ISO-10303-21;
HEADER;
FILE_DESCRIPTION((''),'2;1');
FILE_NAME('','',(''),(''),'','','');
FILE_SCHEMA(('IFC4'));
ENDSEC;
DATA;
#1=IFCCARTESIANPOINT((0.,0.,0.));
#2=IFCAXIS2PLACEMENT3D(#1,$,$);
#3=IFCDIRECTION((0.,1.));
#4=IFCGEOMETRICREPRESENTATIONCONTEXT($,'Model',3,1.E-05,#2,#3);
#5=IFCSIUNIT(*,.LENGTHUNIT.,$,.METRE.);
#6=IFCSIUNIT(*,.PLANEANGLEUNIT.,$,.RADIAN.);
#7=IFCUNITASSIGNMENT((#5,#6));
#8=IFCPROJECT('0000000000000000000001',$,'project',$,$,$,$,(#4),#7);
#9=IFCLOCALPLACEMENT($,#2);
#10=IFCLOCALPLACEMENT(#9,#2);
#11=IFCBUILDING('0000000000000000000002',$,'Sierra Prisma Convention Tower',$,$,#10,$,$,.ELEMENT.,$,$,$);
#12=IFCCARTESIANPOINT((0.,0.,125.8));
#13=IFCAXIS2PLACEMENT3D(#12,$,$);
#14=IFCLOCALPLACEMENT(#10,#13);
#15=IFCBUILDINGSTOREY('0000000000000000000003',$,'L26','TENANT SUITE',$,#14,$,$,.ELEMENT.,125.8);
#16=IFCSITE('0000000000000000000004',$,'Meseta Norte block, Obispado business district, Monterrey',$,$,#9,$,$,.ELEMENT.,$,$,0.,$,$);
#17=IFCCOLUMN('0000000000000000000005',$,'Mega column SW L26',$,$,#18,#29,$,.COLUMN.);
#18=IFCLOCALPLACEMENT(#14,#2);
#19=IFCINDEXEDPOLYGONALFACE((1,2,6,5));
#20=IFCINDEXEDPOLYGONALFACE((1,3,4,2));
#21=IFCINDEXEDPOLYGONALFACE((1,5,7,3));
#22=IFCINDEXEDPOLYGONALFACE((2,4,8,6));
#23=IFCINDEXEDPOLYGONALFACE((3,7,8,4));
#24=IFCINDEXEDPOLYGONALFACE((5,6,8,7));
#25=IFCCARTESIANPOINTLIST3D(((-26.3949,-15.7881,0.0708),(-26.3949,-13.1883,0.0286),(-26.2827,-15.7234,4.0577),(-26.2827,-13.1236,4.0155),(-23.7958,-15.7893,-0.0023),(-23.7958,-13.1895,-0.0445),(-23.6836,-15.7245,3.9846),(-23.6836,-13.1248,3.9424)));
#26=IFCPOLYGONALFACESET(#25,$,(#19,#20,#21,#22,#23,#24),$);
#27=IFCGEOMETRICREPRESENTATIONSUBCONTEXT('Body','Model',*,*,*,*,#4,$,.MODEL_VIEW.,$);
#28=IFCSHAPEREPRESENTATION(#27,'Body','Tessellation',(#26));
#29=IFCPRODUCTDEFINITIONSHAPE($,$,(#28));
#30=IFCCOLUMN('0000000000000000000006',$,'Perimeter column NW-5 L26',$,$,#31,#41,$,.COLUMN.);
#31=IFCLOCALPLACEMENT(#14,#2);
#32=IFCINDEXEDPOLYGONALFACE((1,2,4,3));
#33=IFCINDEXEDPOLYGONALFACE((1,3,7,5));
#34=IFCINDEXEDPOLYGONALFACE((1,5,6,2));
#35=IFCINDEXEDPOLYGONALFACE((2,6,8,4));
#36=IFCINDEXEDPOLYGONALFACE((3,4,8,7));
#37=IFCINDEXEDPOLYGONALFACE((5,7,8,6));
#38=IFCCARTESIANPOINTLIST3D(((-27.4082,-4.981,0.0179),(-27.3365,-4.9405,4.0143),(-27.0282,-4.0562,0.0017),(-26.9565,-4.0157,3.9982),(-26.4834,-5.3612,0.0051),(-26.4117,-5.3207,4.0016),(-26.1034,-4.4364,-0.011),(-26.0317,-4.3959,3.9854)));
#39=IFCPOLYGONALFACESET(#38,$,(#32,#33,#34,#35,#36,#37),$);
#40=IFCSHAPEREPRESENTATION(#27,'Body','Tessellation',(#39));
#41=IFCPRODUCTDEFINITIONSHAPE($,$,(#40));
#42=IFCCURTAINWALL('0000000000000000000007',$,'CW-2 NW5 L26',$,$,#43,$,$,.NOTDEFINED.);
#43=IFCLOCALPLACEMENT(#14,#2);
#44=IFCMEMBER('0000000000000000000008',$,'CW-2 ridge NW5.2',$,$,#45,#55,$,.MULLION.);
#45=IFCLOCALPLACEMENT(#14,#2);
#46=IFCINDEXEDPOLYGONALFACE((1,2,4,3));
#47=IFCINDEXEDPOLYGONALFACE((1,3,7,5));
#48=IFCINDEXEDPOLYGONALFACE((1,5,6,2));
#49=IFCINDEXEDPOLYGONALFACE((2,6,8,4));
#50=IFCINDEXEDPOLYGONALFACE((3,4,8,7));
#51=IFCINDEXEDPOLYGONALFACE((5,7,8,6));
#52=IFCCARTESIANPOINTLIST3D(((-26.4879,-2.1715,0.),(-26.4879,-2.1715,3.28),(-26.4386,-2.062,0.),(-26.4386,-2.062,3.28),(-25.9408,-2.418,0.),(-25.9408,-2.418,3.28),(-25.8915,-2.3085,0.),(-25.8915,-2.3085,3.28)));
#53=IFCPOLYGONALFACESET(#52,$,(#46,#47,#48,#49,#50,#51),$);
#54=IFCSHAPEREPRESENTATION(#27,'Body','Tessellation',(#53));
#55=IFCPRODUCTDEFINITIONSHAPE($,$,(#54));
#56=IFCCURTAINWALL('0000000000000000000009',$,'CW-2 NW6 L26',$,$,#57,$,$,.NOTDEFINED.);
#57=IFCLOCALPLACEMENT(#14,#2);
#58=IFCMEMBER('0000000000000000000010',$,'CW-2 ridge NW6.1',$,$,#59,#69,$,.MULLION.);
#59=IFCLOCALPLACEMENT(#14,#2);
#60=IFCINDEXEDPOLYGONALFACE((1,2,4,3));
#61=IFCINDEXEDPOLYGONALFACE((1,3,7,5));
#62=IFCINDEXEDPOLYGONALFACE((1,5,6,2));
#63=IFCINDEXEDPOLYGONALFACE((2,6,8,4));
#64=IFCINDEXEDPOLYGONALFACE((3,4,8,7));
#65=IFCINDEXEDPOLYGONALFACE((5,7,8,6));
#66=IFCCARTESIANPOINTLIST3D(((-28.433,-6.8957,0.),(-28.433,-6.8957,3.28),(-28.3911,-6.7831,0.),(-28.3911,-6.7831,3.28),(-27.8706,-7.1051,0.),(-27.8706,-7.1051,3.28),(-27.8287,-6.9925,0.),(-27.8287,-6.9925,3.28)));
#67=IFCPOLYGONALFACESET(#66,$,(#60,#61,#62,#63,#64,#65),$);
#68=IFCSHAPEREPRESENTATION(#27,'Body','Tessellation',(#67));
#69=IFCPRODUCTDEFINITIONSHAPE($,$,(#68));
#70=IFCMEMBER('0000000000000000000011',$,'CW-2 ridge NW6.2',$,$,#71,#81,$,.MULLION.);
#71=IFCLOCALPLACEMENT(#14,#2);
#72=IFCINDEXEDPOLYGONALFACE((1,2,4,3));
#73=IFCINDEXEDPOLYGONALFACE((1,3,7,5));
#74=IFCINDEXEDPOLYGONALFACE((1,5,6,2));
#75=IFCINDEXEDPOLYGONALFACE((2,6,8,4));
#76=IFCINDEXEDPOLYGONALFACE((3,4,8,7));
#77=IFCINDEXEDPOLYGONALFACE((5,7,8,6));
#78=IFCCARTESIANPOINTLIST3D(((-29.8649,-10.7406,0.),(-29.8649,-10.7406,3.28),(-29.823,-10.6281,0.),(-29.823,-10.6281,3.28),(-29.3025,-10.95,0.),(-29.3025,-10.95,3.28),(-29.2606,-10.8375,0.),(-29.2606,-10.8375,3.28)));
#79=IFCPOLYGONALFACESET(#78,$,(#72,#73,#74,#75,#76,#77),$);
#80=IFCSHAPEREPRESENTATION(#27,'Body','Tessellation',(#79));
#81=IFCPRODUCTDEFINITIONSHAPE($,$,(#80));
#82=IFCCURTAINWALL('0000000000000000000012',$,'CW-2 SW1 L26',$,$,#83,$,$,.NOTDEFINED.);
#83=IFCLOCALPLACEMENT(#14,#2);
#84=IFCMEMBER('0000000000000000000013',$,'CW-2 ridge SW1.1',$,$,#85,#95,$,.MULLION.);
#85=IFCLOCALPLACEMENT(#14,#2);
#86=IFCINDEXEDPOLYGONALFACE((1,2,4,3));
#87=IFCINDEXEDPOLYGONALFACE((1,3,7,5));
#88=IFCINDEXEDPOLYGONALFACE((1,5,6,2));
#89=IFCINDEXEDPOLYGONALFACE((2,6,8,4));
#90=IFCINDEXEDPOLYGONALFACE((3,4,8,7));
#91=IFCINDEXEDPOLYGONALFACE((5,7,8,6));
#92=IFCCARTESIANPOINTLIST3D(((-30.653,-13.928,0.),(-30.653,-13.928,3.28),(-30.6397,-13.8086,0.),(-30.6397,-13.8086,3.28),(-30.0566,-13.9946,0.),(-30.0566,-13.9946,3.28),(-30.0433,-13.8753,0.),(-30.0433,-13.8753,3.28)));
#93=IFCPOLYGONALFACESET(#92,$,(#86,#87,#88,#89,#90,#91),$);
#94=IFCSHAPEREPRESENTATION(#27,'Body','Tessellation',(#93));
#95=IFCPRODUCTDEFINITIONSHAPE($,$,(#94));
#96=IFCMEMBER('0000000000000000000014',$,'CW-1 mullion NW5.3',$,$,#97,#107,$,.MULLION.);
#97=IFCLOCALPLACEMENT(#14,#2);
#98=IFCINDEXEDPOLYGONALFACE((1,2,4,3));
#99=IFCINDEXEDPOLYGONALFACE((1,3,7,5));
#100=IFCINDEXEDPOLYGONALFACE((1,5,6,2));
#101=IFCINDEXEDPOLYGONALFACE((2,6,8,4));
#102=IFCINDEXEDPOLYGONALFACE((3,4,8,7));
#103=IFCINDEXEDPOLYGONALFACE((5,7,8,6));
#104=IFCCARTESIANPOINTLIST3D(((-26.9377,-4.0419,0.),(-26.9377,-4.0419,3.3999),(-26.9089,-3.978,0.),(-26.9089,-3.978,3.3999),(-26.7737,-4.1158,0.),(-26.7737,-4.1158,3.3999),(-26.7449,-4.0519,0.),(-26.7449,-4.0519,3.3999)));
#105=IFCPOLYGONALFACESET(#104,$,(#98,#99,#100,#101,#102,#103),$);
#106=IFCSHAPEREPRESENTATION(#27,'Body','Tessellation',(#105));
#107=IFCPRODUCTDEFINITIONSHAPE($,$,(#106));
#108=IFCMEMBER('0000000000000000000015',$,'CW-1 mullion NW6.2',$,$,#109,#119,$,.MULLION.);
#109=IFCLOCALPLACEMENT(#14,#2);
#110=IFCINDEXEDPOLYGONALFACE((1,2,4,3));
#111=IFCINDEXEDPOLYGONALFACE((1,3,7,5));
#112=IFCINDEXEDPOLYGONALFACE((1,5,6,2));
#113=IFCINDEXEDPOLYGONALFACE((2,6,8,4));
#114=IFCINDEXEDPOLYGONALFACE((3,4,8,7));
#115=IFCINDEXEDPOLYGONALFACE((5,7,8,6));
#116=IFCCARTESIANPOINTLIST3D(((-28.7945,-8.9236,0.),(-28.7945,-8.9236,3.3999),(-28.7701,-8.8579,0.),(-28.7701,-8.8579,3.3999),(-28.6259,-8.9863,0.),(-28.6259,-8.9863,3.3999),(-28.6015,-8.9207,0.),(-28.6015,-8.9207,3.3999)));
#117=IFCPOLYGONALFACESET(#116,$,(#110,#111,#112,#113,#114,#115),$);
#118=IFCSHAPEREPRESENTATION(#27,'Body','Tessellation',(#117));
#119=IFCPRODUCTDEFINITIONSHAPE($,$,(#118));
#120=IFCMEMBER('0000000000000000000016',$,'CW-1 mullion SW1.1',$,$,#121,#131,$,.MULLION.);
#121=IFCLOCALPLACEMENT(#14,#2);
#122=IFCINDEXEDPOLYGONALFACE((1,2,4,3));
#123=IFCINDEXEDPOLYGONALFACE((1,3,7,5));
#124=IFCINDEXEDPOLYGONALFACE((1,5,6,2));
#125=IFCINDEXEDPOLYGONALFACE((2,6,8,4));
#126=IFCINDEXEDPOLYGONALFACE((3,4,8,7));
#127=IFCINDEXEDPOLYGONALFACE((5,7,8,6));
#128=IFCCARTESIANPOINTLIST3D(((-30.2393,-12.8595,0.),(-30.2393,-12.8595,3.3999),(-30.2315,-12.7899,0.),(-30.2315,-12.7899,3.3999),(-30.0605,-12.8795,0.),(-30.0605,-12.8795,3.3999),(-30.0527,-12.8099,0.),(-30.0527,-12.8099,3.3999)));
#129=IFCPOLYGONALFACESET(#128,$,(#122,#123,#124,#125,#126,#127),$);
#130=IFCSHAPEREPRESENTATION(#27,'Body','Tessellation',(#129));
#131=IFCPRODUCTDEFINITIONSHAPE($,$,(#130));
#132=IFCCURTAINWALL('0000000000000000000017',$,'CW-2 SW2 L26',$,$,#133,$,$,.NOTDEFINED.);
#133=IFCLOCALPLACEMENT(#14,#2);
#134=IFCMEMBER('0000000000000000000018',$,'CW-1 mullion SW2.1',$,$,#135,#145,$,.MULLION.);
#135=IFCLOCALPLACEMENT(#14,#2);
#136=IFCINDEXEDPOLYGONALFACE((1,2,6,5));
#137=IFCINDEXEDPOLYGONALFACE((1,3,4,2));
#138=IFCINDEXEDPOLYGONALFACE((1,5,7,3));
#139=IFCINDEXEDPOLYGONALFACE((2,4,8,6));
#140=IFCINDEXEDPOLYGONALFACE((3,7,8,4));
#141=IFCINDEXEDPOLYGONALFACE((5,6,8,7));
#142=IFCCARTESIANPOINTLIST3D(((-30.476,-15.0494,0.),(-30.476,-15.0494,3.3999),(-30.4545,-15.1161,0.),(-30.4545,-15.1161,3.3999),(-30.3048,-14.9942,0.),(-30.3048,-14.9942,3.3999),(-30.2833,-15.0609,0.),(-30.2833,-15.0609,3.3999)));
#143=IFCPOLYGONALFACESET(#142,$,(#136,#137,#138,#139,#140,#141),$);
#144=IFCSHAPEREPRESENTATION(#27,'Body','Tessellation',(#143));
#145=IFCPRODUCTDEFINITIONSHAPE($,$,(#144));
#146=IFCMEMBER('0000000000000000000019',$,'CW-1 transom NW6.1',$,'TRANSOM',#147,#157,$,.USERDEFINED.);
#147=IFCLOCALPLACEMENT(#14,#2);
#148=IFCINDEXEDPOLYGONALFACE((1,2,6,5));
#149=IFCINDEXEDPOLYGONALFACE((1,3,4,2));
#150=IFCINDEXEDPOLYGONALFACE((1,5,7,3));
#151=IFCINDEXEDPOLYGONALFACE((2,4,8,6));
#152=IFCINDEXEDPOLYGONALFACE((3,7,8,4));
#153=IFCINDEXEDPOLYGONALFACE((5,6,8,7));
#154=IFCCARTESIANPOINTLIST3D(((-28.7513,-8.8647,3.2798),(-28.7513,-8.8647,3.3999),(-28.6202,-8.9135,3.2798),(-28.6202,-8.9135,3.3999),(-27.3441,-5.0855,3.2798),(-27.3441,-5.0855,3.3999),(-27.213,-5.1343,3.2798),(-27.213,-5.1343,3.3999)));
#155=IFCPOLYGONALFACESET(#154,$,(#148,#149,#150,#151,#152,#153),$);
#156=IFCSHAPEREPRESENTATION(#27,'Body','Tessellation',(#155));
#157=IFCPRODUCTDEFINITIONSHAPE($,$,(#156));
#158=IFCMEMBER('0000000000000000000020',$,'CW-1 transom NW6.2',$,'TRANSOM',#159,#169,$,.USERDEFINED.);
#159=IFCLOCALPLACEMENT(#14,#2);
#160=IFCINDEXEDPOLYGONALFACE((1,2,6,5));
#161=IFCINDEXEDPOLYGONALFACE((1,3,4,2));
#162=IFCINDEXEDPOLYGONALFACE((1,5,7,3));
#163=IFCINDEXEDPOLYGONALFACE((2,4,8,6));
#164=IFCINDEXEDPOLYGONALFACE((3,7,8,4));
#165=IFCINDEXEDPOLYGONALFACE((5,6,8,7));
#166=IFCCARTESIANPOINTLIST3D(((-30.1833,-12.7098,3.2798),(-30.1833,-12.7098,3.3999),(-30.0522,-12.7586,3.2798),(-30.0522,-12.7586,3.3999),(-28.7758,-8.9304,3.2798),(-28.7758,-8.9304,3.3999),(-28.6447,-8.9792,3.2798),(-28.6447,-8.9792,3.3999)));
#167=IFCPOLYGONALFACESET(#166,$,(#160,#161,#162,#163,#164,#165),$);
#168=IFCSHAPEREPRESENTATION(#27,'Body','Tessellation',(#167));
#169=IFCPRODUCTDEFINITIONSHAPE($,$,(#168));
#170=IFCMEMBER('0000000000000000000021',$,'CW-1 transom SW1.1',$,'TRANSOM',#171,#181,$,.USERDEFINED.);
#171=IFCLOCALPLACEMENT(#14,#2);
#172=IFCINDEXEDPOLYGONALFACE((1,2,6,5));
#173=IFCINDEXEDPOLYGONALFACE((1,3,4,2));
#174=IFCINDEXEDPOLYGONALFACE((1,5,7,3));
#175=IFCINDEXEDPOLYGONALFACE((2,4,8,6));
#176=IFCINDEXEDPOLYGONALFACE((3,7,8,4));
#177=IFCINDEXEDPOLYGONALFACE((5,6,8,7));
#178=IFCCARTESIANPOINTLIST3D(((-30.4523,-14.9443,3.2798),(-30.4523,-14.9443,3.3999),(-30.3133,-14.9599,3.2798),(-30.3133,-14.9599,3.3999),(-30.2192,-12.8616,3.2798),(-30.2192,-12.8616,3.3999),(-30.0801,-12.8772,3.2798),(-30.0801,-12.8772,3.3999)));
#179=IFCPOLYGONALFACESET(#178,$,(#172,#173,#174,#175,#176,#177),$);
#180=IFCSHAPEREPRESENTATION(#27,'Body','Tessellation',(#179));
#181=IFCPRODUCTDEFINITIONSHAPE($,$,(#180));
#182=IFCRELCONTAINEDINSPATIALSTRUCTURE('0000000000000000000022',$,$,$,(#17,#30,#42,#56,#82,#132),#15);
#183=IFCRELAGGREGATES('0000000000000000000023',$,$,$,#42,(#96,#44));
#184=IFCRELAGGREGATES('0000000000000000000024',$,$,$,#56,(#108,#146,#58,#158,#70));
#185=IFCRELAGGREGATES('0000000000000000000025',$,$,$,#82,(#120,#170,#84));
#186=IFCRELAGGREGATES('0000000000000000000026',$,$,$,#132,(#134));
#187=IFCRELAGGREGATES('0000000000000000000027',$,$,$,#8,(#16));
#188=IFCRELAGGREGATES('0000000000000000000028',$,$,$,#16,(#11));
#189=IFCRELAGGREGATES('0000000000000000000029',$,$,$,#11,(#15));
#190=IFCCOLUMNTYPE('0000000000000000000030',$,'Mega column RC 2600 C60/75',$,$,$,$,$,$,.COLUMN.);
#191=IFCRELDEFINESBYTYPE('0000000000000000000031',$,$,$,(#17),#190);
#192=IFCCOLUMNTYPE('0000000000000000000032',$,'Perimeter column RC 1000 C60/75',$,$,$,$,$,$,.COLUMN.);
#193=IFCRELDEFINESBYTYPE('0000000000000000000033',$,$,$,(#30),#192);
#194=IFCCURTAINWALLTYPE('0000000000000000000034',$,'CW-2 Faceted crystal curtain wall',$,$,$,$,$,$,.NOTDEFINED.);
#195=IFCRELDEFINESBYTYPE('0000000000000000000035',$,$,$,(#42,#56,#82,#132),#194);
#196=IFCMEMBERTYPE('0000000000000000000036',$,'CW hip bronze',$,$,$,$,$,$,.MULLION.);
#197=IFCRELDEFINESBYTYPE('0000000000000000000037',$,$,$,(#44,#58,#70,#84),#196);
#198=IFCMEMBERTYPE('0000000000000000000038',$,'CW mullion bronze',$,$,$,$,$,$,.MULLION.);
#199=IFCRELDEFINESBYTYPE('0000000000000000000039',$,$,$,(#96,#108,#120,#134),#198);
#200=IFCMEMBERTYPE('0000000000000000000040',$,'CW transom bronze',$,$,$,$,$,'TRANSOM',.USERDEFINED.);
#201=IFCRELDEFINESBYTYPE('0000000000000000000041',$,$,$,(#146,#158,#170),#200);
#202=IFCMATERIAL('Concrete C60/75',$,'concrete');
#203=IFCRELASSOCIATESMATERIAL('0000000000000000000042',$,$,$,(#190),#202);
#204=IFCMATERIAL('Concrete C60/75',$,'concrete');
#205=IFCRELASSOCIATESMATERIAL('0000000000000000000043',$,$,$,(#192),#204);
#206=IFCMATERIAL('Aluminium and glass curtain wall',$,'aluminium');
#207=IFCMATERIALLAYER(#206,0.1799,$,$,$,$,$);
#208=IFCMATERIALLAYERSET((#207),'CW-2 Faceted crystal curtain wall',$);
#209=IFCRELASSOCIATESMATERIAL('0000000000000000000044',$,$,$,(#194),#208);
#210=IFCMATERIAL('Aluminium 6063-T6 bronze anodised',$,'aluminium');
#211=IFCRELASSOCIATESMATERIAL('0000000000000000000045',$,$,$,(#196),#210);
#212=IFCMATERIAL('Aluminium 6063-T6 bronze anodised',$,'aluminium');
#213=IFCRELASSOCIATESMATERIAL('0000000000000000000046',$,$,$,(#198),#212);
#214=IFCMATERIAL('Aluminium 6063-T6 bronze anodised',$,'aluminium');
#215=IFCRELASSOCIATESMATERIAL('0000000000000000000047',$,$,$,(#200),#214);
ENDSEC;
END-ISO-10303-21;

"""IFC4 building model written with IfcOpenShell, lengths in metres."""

from ifc_helpers import new_model, si_unit, direction, frame, origin, origin_2d, place, context, subcontext, project, spatial, rectangle, extrude, clip, halfspace, material, layer, layer_set, material_profile, profile_set, type_object, element, aggregate, save


model = new_model("IFC4")

# Units and contexts
model_context = context("Model", 3, precision=1e-05, world=origin(), true_north=direction((0.0, 1.0)))
body_context = subcontext(model_context, "Body", "Model", "MODEL_VIEW")
ifc_project = project(units=[si_unit("LENGTHUNIT", "METRE"), si_unit("PLANEANGLEUNIT", "RADIAN")], contexts=[model_context])

# Site, building, storey
site_placement = place(None, origin())
site = spatial("IfcSite", under=ifc_project, at=site_placement, Name="Meseta Norte block, Obispado business district, Monterrey", CompositionType="ELEMENT", RefElevation=0.0)
building_placement = place(site_placement, origin())
building = spatial("IfcBuilding", under=site, at=building_placement, Name="Sierra Prisma Convention Tower", CompositionType="ELEMENT")
storey_placement = place(building_placement, frame((0.0, 0.0, 125.8)))
storey = spatial("IfcBuildingStorey", under=building, at=storey_placement, Name="L26", Description="TENANT SUITE", CompositionType="ELEMENT", Elevation=125.8)

# Columns
ifc_material_1 = material(Name="Concrete C60/75", Category="concrete")
ifc_material_profile_1 = material_profile(ifc_material_1, rectangle(XDim=2.6001, YDim=2.6001, at=origin_2d()), Name="Mega column RC 2600 C60/75")
ifc_profile_set_1 = profile_set([ifc_material_profile_1], Name="Concrete C60/75")
column_type_1 = type_object("IfcColumnType", Name="Mega column RC 2600 C60/75", PredefinedType="COLUMN", material=ifc_profile_set_1)
column_1_placement = place(storey_placement, frame((-25.0957, -14.489, 0.0), z_axis=(0.028122, 0.016227, 0.999473), x_axis=(0.999604, -0.000457, -0.028119)))
element("IfcColumn", 1, at=column_1_placement, inside=storey, type_object=column_type_1, Name="Mega column SW L26", PredefinedType="COLUMN", context=body_context, shape_type="SweptSolid", body=[
    clip(extrude(rectangle(XDim=2.6001, YDim=2.6001, at=origin_2d()), origin(), (0.0, 0.0, 1.0), 4.0022), halfspace(frame((0.0, 0.0, 0.0132)), True)),
])
ifc_material_2 = material(Name="Concrete C60/75", Category="concrete")
ifc_material_profile_2 = material_profile(ifc_material_2, rectangle(XDim=1.0, YDim=1.0, at=origin_2d()), Name="Perimeter column RC 1000 C60/75")
ifc_profile_set_2 = profile_set([ifc_material_profile_2], Name="Concrete C60/75")
column_type_2 = type_object("IfcColumnType", Name="Perimeter column RC 1000 C60/75", PredefinedType="COLUMN", material=ifc_profile_set_2)
column_2_placement = place(storey_placement, frame((-26.7559, -4.7087, 0.0), z_axis=(0.017941, 0.01013, 0.999788), x_axis=(0.38002, 0.924837, -0.016189)))
element("IfcColumn", 2, at=column_2_placement, inside=storey, type_object=column_type_2, Name="Perimeter column NW-5 L26", PredefinedType="COLUMN", context=body_context, shape_type="SweptSolid", body=[
    clip(extrude(rectangle(XDim=1.0, YDim=1.0, at=origin_2d()), origin(), (0.0, 0.0, 1.0), 4.0007), halfspace(frame((0.0, 0.0, 0.0034)), True)),
])

# Curtain wall, member
ifc_material_3 = material(Name="Aluminium and glass curtain wall", Category="aluminium")
ifc_layer_1 = layer(ifc_material_3, 0.1799)
ifc_layer_set_1 = layer_set([ifc_layer_1], Name="CW-2 Faceted crystal curtain wall")
curtain_wall_type = type_object("IfcCurtainWallType", Name="CW-2 Faceted crystal curtain wall", PredefinedType="NOTDEFINED", material=ifc_layer_set_1)
curtain_wall_1_placement = place(storey_placement, origin())
curtain_wall_1 = element("IfcCurtainWall", 3, at=curtain_wall_1_placement, inside=storey, type_object=curtain_wall_type, Name="CW-2 NW5 L26", PredefinedType="NOTDEFINED")
ifc_material_4 = material(Name="Aluminium 6063-T6 bronze anodised", Category="aluminium")
ifc_material_profile_3 = material_profile(ifc_material_4, rectangle(XDim=0.1201, YDim=0.6001, at=origin_2d()), Name="ALU RIDGE BLADE 120x600")
ifc_profile_set_3 = profile_set([ifc_material_profile_3], Name="Aluminium 6063-T6 bronze anodised")
member_type_1 = type_object("IfcMemberType", Name="CW hip bronze", PredefinedType="MULLION", material=ifc_profile_set_3)
member_1_placement = place(storey_placement, frame((-26.1897, -2.24, 0.0), z_axis=(0.0, 0.0, 1.0), x_axis=(-0.410783, -0.911733, 0.0)))
member_1 = element("IfcMember", 4, at=member_1_placement, type_object=member_type_1, Name="CW-2 ridge NW5.2", PredefinedType="MULLION", context=body_context, shape_type="SweptSolid", body=[
    extrude(rectangle(XDim=0.1201, YDim=0.6001, at=origin_2d()), origin(), (0.0, 0.0, 1.0), 3.28),
])

# Curtain wall, members
curtain_wall_2_placement = place(storey_placement, origin())
curtain_wall_2 = element("IfcCurtainWall", 5, at=curtain_wall_2_placement, inside=storey, type_object=curtain_wall_type, Name="CW-2 NW6 L26", PredefinedType="NOTDEFINED")
member_2_placement = place(storey_placement, frame((-28.1309, -6.9441, 0.0), z_axis=(0.0, 0.0, 1.0), x_axis=(-0.348955, -0.937139, 0.0)))
member_2 = element("IfcMember", 6, at=member_2_placement, type_object=member_type_1, Name="CW-2 ridge NW6.1", PredefinedType="MULLION", context=body_context, shape_type="SweptSolid", body=[
    extrude(rectangle(XDim=0.1201, YDim=0.6001, at=origin_2d()), origin(), (0.0, 0.0, 1.0), 3.28),
])
member_3_placement = place(storey_placement, frame((-29.5627, -10.7891, 0.0), z_axis=(0.0, 0.0, 1.0), x_axis=(-0.348955, -0.937139, 0.0)))
member_3 = element("IfcMember", 7, at=member_3_placement, type_object=member_type_1, Name="CW-2 ridge NW6.2", PredefinedType="MULLION", context=body_context, shape_type="SweptSolid", body=[
    extrude(rectangle(XDim=0.1201, YDim=0.6001, at=origin_2d()), origin(), (0.0, 0.0, 1.0), 3.28),
])

# Curtain wall, member
curtain_wall_3_placement = place(storey_placement, origin())
curtain_wall_3 = element("IfcCurtainWall", 8, at=curtain_wall_3_placement, inside=storey, type_object=curtain_wall_type, Name="CW-2 SW1 L26", PredefinedType="NOTDEFINED")
member_4_placement = place(storey_placement, frame((-30.3481, -13.9016, 0.0), z_axis=(0.0, 0.0, 1.0), x_axis=(-0.111141, -0.993805, 0.0)))
member_4 = element("IfcMember", 9, at=member_4_placement, type_object=member_type_1, Name="CW-2 ridge SW1.1", PredefinedType="MULLION", context=body_context, shape_type="SweptSolid", body=[
    extrude(rectangle(XDim=0.1201, YDim=0.6001, at=origin_2d()), origin(), (0.0, 0.0, 1.0), 3.28),
])

# Members
ifc_material_5 = material(Name="Aluminium 6063-T6 bronze anodised", Category="aluminium")
ifc_material_profile_4 = material_profile(ifc_material_5, rectangle(XDim=0.1799, YDim=0.0701, at=origin_2d()), Name="ALU MULLION 70x180")
ifc_profile_set_4 = profile_set([ifc_material_profile_4], Name="Aluminium 6063-T6 bronze anodised")
member_type_2 = type_object("IfcMemberType", Name="CW mullion bronze", PredefinedType="MULLION", material=ifc_profile_set_4)
member_5_placement = place(storey_placement, frame((-26.8413, -4.0469, 0.0), z_axis=(0.0, 0.0, 1.0), x_axis=(0.911733, -0.410783, 0.0)))
member_5 = element("IfcMember", 10, at=member_5_placement, type_object=member_type_2, Name="CW-1 mullion NW5.3", PredefinedType="MULLION", context=body_context, shape_type="SweptSolid", body=[
    extrude(rectangle(XDim=0.1799, YDim=0.0701, at=origin_2d()), origin(), (0.0, 0.0, 1.0), 3.3999),
])
member_6_placement = place(storey_placement, frame((-28.698, -8.9221, 0.0), z_axis=(0.0, 0.0, 1.0), x_axis=(0.937139, -0.348955, 0.0)))
member_6 = element("IfcMember", 11, at=member_6_placement, type_object=member_type_2, Name="CW-1 mullion NW6.2", PredefinedType="MULLION", context=body_context, shape_type="SweptSolid", body=[
    extrude(rectangle(XDim=0.1799, YDim=0.0701, at=origin_2d()), origin(), (0.0, 0.0, 1.0), 3.3999),
])
member_7_placement = place(storey_placement, frame((-30.146, -12.8347, 0.0), z_axis=(0.0, 0.0, 1.0), x_axis=(0.993805, -0.111141, 0.0)))
member_7 = element("IfcMember", 12, at=member_7_placement, type_object=member_type_2, Name="CW-1 mullion SW1.1", PredefinedType="MULLION", context=body_context, shape_type="SweptSolid", body=[
    extrude(rectangle(XDim=0.1799, YDim=0.0701, at=origin_2d()), origin(), (0.0, 0.0, 1.0), 3.3999),
])

# Curtain wall, member
curtain_wall_4_placement = place(storey_placement, origin())
curtain_wall_4 = element("IfcCurtainWall", 13, at=curtain_wall_4_placement, inside=storey, type_object=curtain_wall_type, Name="CW-2 SW2 L26", PredefinedType="NOTDEFINED")
member_8_placement = place(storey_placement, frame((-30.3796, -15.0552, 0.0), z_axis=(0.0, 0.0, 1.0), x_axis=(0.951739, 0.306908, 0.0)))
member_8 = element("IfcMember", 14, at=member_8_placement, type_object=member_type_2, Name="CW-1 mullion SW2.1", PredefinedType="MULLION", context=body_context, shape_type="SweptSolid", body=[
    extrude(rectangle(XDim=0.1799, YDim=0.0701, at=origin_2d()), origin(), (0.0, 0.0, 1.0), 3.3999),
])

# Members
ifc_material_6 = material(Name="Aluminium 6063-T6 bronze anodised", Category="aluminium")
ifc_material_profile_5 = material_profile(ifc_material_6, rectangle(XDim=0.1399, YDim=0.1201, at=origin_2d()), Name="ALU TRANSOM 120x140")
ifc_profile_set_5 = profile_set([ifc_material_profile_5], Name="Aluminium 6063-T6 bronze anodised")
member_type_3 = type_object("IfcMemberType", Name="CW transom bronze", ElementType="TRANSOM", PredefinedType="USERDEFINED", material=ifc_profile_set_5)
member_9_placement = place(storey_placement, frame((-27.2786, -5.1099, 3.3398), z_axis=(-0.348946, -0.937143, 0.0), x_axis=(0.937143, -0.348946, 0.0)))
member_9 = element("IfcMember", 15, at=member_9_placement, type_object=member_type_3, Name="CW-1 transom NW6.1", ObjectType="TRANSOM", PredefinedType="USERDEFINED", context=body_context, shape_type="SweptSolid", body=[
    extrude(rectangle(XDim=0.1399, YDim=0.1201, at=origin_2d()), origin(), (0.0, 0.0, 1.0), 4.0327),
])
member_10_placement = place(storey_placement, frame((-28.7102, -8.9548, 3.3398), z_axis=(-0.349, -0.937123, 0.0), x_axis=(0.937123, -0.349, 0.0)))
member_10 = element("IfcMember", 16, at=member_10_placement, type_object=member_type_3, Name="CW-1 transom NW6.2", ObjectType="TRANSOM", PredefinedType="USERDEFINED", context=body_context, shape_type="SweptSolid", body=[
    extrude(rectangle(XDim=0.1399, YDim=0.1201, at=origin_2d()), origin(), (0.0, 0.0, 1.0), 4.033),
])
member_11_placement = place(storey_placement, frame((-30.1497, -12.8694, 3.3398), z_axis=(-0.11125, -0.993792, 0.0), x_axis=(0.993792, -0.11125, 0.0)))
member_11 = element("IfcMember", 17, at=member_11_placement, type_object=member_type_3, Name="CW-1 transom SW1.1", ObjectType="TRANSOM", PredefinedType="USERDEFINED", context=body_context, shape_type="SweptSolid", body=[
    extrude(rectangle(XDim=0.1399, YDim=0.1201, at=origin_2d()), origin(), (0.0, 0.0, 1.0), 2.0957),
])

aggregate(curtain_wall_1, [member_5, member_1])
aggregate(curtain_wall_2, [member_6, member_9, member_2, member_10, member_3])
aggregate(curtain_wall_3, [member_7, member_11, member_4])
aggregate(curtain_wall_4, [member_8])

save(model, "model.ifc")
